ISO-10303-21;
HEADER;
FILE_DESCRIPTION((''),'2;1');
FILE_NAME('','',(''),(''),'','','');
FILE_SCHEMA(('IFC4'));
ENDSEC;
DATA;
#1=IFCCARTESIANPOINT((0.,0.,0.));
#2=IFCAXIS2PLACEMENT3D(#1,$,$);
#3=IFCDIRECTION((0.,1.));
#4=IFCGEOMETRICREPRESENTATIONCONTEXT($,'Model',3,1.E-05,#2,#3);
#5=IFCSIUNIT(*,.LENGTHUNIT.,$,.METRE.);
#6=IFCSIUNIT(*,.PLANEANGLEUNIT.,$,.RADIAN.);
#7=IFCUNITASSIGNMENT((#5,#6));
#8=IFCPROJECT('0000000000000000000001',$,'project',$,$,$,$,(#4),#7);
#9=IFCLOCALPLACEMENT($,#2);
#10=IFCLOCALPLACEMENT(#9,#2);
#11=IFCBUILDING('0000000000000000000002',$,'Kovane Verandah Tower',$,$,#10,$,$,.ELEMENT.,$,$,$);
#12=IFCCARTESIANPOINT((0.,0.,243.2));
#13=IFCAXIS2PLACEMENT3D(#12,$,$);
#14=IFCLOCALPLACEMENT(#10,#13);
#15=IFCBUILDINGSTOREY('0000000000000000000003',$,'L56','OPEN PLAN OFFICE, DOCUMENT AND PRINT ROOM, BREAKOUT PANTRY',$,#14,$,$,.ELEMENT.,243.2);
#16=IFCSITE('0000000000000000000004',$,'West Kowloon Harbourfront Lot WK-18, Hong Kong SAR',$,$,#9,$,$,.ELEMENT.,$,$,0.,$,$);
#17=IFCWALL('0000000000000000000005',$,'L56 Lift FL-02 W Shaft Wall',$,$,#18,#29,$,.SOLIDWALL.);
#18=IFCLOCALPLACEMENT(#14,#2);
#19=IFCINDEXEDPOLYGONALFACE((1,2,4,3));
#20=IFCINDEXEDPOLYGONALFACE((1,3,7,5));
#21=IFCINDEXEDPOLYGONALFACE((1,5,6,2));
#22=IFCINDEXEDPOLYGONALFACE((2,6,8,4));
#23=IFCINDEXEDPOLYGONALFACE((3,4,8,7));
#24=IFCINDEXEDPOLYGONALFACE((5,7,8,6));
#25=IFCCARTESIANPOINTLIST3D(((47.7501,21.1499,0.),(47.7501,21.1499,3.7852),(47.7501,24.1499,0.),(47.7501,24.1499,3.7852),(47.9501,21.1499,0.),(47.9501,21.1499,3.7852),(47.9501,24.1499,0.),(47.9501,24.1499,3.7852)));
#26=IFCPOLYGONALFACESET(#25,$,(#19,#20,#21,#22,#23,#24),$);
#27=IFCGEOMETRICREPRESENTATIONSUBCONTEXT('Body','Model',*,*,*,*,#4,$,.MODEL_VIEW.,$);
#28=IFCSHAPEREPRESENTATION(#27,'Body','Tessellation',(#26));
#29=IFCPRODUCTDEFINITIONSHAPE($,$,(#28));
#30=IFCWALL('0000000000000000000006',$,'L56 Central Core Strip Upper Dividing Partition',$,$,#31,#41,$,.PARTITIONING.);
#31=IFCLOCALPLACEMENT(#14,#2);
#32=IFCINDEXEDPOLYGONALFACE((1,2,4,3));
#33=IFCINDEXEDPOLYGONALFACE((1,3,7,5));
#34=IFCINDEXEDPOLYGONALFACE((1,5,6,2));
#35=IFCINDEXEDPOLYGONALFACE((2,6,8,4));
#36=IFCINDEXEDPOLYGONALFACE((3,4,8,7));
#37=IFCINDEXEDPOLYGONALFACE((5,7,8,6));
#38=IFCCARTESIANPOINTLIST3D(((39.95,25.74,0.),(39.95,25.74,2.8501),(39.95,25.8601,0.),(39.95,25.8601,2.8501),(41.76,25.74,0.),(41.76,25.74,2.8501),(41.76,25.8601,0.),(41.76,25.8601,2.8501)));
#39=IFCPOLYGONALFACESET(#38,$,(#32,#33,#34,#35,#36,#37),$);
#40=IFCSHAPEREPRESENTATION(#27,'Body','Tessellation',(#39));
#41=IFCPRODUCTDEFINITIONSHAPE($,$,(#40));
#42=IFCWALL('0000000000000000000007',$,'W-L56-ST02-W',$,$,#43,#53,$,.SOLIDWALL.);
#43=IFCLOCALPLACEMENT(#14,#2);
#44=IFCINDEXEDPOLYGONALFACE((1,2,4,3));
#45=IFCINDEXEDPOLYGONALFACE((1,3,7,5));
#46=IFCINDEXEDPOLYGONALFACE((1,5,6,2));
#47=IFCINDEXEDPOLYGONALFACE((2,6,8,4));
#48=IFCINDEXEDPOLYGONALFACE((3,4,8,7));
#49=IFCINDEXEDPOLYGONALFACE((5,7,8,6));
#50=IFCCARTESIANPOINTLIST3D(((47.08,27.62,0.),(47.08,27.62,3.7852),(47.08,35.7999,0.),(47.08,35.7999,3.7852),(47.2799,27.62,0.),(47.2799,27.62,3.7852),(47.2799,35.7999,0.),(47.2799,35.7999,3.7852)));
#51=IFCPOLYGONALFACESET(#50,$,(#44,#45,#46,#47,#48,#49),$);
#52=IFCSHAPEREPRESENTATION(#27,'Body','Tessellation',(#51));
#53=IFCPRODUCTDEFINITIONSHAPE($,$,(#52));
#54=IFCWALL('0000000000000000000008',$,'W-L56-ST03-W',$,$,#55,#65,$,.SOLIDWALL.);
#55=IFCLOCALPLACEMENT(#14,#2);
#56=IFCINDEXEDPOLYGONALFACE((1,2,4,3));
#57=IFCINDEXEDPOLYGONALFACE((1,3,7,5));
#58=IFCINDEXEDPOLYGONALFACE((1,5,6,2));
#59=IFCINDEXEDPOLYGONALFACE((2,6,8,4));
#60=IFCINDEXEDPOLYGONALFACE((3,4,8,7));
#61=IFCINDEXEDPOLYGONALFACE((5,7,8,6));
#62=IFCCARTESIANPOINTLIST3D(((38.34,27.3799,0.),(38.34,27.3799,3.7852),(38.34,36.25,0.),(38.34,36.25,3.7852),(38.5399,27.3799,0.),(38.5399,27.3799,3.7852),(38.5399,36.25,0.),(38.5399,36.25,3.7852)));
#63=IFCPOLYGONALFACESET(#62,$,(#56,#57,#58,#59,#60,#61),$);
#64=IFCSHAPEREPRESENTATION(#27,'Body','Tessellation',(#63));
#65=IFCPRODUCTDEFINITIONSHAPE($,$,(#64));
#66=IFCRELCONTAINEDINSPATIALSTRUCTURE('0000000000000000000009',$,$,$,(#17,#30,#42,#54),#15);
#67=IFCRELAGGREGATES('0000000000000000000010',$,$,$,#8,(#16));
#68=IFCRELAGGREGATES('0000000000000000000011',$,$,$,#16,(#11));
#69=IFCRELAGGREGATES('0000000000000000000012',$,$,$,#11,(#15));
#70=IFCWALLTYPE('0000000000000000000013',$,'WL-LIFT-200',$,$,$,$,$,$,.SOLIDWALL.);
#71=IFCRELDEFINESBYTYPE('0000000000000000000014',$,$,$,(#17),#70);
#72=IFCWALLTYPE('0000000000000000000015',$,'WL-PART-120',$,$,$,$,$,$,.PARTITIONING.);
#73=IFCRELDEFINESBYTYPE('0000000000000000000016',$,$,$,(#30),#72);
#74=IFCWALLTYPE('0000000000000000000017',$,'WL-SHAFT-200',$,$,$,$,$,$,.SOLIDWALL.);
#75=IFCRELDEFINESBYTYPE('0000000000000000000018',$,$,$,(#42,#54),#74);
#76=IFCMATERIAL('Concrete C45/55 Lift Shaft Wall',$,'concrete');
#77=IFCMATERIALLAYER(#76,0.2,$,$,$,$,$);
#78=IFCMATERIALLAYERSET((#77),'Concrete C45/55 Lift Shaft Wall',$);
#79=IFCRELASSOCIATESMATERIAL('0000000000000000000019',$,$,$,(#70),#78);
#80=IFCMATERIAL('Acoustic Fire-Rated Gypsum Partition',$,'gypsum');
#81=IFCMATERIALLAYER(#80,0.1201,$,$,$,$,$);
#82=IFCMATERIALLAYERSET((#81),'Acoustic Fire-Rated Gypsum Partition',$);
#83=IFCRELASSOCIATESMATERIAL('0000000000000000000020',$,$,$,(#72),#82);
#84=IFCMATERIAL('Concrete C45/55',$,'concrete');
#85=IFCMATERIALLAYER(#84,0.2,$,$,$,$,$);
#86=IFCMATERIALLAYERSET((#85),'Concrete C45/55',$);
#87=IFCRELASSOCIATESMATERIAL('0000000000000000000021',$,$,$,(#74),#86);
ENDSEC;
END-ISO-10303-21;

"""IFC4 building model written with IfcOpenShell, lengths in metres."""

from ifc_helpers import new_model, si_unit, direction, frame, frame_2d, origin, place, context, subcontext, project, spatial, rectangle, extrude, material, layer, layer_set, type_object, element, save


model = new_model("IFC4")

# Units and contexts
model_context = context("Model", 3, precision=1e-05, world=origin(), true_north=direction((0.0, 1.0)))
body_context = subcontext(model_context, "Body", "Model", "MODEL_VIEW")
ifc_project = project(units=[si_unit("LENGTHUNIT", "METRE"), si_unit("PLANEANGLEUNIT", "RADIAN")], contexts=[model_context])

# Site, building, storey
site_placement = place(None, origin())
site = spatial("IfcSite", under=ifc_project, at=site_placement, Name="West Kowloon Harbourfront Lot WK-18, Hong Kong SAR", CompositionType="ELEMENT", RefElevation=0.0)
building_placement = place(site_placement, origin())
building = spatial("IfcBuilding", under=site, at=building_placement, Name="Kovane Verandah Tower", CompositionType="ELEMENT")
storey_placement = place(building_placement, frame((0.0, 0.0, 243.2)))
storey = spatial("IfcBuildingStorey", under=building, at=storey_placement, Name="L56", Description="OPEN PLAN OFFICE, DOCUMENT AND PRINT ROOM, BREAKOUT PANTRY", CompositionType="ELEMENT", Elevation=243.2)

# Shared definitions
ifc_material_1 = material(Name="Concrete C45/55 Lift Shaft Wall", Category="concrete")
ifc_layer_1 = layer(ifc_material_1, 0.2)
ifc_layer_set_1 = layer_set([ifc_layer_1], Name="Concrete C45/55 Lift Shaft Wall")
wall_type_1 = type_object("IfcWallType", Name="WL-LIFT-200", PredefinedType="SOLIDWALL", material=ifc_layer_set_1)

# Walls
wall_1_placement = place(storey_placement, frame((47.8501, 24.1499, 0.0), z_axis=(0.0, 0.0, 1.0), x_axis=(0.0, -1.0, 0.0)))
element("IfcWall", 1, at=wall_1_placement, inside=storey, type_object=wall_type_1, Name="L56 Lift FL-02 W Shaft Wall", PredefinedType="SOLIDWALL", context=body_context, shape_type="SweptSolid", body=[
    extrude(rectangle(XDim=3.0, YDim=0.2, at=frame_2d((1.5, 0.0))), origin(), (0.0, 0.0, 1.0), 3.7852),
])
ifc_material_2 = material(Name="Acoustic Fire-Rated Gypsum Partition", Category="gypsum")
ifc_layer_2 = layer(ifc_material_2, 0.1201)
ifc_layer_set_2 = layer_set([ifc_layer_2], Name="Acoustic Fire-Rated Gypsum Partition")
wall_type_2 = type_object("IfcWallType", Name="WL-PART-120", PredefinedType="PARTITIONING", material=ifc_layer_set_2)
wall_2_placement = place(storey_placement, frame((39.95, 25.8, 0.0), z_axis=(0.0, 0.0, 1.0), x_axis=(1.0, 0.0, 0.0)))
element("IfcWall", 2, at=wall_2_placement, inside=storey, type_object=wall_type_2, Name="L56 Central Core Strip Upper Dividing Partition", PredefinedType="PARTITIONING", context=body_context, shape_type="SweptSolid", body=[
    extrude(rectangle(XDim=1.8101, YDim=0.1201, at=frame_2d((0.905, 0.0))), origin(), (0.0, 0.0, 1.0), 2.8501),
])
ifc_material_3 = material(Name="Concrete C45/55", Category="concrete")
ifc_layer_3 = layer(ifc_material_3, 0.2)
ifc_layer_set_3 = layer_set([ifc_layer_3], Name="Concrete C45/55")
wall_type_3 = type_object("IfcWallType", Name="WL-SHAFT-200", PredefinedType="SOLIDWALL", material=ifc_layer_set_3)
wall_3_placement = place(storey_placement, frame((47.1799, 27.6201, 0.0), z_axis=(0.0, 0.0, 1.0), x_axis=(0.0, 1.0, 0.0)))
element("IfcWall", 3, at=wall_3_placement, inside=storey, type_object=wall_type_3, Name="W-L56-ST02-W", PredefinedType="SOLIDWALL", context=body_context, shape_type="SweptSolid", body=[
    extrude(rectangle(XDim=8.1799, YDim=0.2, at=frame_2d((4.0898, 0.0))), origin(), (0.0, 0.0, 1.0), 3.7852),
])
wall_4_placement = place(storey_placement, frame((38.4399, 27.3799, 0.0), z_axis=(0.0, 0.0, 1.0), x_axis=(0.0, 1.0, 0.0)))
element("IfcWall", 4, at=wall_4_placement, inside=storey, type_object=wall_type_3, Name="W-L56-ST03-W", PredefinedType="SOLIDWALL", context=body_context, shape_type="SweptSolid", body=[
    extrude(rectangle(XDim=8.8701, YDim=0.2, at=frame_2d((4.4351, 0.0))), origin(), (0.0, 0.0, 1.0), 3.7852),
])

save(model, "model.ifc")
